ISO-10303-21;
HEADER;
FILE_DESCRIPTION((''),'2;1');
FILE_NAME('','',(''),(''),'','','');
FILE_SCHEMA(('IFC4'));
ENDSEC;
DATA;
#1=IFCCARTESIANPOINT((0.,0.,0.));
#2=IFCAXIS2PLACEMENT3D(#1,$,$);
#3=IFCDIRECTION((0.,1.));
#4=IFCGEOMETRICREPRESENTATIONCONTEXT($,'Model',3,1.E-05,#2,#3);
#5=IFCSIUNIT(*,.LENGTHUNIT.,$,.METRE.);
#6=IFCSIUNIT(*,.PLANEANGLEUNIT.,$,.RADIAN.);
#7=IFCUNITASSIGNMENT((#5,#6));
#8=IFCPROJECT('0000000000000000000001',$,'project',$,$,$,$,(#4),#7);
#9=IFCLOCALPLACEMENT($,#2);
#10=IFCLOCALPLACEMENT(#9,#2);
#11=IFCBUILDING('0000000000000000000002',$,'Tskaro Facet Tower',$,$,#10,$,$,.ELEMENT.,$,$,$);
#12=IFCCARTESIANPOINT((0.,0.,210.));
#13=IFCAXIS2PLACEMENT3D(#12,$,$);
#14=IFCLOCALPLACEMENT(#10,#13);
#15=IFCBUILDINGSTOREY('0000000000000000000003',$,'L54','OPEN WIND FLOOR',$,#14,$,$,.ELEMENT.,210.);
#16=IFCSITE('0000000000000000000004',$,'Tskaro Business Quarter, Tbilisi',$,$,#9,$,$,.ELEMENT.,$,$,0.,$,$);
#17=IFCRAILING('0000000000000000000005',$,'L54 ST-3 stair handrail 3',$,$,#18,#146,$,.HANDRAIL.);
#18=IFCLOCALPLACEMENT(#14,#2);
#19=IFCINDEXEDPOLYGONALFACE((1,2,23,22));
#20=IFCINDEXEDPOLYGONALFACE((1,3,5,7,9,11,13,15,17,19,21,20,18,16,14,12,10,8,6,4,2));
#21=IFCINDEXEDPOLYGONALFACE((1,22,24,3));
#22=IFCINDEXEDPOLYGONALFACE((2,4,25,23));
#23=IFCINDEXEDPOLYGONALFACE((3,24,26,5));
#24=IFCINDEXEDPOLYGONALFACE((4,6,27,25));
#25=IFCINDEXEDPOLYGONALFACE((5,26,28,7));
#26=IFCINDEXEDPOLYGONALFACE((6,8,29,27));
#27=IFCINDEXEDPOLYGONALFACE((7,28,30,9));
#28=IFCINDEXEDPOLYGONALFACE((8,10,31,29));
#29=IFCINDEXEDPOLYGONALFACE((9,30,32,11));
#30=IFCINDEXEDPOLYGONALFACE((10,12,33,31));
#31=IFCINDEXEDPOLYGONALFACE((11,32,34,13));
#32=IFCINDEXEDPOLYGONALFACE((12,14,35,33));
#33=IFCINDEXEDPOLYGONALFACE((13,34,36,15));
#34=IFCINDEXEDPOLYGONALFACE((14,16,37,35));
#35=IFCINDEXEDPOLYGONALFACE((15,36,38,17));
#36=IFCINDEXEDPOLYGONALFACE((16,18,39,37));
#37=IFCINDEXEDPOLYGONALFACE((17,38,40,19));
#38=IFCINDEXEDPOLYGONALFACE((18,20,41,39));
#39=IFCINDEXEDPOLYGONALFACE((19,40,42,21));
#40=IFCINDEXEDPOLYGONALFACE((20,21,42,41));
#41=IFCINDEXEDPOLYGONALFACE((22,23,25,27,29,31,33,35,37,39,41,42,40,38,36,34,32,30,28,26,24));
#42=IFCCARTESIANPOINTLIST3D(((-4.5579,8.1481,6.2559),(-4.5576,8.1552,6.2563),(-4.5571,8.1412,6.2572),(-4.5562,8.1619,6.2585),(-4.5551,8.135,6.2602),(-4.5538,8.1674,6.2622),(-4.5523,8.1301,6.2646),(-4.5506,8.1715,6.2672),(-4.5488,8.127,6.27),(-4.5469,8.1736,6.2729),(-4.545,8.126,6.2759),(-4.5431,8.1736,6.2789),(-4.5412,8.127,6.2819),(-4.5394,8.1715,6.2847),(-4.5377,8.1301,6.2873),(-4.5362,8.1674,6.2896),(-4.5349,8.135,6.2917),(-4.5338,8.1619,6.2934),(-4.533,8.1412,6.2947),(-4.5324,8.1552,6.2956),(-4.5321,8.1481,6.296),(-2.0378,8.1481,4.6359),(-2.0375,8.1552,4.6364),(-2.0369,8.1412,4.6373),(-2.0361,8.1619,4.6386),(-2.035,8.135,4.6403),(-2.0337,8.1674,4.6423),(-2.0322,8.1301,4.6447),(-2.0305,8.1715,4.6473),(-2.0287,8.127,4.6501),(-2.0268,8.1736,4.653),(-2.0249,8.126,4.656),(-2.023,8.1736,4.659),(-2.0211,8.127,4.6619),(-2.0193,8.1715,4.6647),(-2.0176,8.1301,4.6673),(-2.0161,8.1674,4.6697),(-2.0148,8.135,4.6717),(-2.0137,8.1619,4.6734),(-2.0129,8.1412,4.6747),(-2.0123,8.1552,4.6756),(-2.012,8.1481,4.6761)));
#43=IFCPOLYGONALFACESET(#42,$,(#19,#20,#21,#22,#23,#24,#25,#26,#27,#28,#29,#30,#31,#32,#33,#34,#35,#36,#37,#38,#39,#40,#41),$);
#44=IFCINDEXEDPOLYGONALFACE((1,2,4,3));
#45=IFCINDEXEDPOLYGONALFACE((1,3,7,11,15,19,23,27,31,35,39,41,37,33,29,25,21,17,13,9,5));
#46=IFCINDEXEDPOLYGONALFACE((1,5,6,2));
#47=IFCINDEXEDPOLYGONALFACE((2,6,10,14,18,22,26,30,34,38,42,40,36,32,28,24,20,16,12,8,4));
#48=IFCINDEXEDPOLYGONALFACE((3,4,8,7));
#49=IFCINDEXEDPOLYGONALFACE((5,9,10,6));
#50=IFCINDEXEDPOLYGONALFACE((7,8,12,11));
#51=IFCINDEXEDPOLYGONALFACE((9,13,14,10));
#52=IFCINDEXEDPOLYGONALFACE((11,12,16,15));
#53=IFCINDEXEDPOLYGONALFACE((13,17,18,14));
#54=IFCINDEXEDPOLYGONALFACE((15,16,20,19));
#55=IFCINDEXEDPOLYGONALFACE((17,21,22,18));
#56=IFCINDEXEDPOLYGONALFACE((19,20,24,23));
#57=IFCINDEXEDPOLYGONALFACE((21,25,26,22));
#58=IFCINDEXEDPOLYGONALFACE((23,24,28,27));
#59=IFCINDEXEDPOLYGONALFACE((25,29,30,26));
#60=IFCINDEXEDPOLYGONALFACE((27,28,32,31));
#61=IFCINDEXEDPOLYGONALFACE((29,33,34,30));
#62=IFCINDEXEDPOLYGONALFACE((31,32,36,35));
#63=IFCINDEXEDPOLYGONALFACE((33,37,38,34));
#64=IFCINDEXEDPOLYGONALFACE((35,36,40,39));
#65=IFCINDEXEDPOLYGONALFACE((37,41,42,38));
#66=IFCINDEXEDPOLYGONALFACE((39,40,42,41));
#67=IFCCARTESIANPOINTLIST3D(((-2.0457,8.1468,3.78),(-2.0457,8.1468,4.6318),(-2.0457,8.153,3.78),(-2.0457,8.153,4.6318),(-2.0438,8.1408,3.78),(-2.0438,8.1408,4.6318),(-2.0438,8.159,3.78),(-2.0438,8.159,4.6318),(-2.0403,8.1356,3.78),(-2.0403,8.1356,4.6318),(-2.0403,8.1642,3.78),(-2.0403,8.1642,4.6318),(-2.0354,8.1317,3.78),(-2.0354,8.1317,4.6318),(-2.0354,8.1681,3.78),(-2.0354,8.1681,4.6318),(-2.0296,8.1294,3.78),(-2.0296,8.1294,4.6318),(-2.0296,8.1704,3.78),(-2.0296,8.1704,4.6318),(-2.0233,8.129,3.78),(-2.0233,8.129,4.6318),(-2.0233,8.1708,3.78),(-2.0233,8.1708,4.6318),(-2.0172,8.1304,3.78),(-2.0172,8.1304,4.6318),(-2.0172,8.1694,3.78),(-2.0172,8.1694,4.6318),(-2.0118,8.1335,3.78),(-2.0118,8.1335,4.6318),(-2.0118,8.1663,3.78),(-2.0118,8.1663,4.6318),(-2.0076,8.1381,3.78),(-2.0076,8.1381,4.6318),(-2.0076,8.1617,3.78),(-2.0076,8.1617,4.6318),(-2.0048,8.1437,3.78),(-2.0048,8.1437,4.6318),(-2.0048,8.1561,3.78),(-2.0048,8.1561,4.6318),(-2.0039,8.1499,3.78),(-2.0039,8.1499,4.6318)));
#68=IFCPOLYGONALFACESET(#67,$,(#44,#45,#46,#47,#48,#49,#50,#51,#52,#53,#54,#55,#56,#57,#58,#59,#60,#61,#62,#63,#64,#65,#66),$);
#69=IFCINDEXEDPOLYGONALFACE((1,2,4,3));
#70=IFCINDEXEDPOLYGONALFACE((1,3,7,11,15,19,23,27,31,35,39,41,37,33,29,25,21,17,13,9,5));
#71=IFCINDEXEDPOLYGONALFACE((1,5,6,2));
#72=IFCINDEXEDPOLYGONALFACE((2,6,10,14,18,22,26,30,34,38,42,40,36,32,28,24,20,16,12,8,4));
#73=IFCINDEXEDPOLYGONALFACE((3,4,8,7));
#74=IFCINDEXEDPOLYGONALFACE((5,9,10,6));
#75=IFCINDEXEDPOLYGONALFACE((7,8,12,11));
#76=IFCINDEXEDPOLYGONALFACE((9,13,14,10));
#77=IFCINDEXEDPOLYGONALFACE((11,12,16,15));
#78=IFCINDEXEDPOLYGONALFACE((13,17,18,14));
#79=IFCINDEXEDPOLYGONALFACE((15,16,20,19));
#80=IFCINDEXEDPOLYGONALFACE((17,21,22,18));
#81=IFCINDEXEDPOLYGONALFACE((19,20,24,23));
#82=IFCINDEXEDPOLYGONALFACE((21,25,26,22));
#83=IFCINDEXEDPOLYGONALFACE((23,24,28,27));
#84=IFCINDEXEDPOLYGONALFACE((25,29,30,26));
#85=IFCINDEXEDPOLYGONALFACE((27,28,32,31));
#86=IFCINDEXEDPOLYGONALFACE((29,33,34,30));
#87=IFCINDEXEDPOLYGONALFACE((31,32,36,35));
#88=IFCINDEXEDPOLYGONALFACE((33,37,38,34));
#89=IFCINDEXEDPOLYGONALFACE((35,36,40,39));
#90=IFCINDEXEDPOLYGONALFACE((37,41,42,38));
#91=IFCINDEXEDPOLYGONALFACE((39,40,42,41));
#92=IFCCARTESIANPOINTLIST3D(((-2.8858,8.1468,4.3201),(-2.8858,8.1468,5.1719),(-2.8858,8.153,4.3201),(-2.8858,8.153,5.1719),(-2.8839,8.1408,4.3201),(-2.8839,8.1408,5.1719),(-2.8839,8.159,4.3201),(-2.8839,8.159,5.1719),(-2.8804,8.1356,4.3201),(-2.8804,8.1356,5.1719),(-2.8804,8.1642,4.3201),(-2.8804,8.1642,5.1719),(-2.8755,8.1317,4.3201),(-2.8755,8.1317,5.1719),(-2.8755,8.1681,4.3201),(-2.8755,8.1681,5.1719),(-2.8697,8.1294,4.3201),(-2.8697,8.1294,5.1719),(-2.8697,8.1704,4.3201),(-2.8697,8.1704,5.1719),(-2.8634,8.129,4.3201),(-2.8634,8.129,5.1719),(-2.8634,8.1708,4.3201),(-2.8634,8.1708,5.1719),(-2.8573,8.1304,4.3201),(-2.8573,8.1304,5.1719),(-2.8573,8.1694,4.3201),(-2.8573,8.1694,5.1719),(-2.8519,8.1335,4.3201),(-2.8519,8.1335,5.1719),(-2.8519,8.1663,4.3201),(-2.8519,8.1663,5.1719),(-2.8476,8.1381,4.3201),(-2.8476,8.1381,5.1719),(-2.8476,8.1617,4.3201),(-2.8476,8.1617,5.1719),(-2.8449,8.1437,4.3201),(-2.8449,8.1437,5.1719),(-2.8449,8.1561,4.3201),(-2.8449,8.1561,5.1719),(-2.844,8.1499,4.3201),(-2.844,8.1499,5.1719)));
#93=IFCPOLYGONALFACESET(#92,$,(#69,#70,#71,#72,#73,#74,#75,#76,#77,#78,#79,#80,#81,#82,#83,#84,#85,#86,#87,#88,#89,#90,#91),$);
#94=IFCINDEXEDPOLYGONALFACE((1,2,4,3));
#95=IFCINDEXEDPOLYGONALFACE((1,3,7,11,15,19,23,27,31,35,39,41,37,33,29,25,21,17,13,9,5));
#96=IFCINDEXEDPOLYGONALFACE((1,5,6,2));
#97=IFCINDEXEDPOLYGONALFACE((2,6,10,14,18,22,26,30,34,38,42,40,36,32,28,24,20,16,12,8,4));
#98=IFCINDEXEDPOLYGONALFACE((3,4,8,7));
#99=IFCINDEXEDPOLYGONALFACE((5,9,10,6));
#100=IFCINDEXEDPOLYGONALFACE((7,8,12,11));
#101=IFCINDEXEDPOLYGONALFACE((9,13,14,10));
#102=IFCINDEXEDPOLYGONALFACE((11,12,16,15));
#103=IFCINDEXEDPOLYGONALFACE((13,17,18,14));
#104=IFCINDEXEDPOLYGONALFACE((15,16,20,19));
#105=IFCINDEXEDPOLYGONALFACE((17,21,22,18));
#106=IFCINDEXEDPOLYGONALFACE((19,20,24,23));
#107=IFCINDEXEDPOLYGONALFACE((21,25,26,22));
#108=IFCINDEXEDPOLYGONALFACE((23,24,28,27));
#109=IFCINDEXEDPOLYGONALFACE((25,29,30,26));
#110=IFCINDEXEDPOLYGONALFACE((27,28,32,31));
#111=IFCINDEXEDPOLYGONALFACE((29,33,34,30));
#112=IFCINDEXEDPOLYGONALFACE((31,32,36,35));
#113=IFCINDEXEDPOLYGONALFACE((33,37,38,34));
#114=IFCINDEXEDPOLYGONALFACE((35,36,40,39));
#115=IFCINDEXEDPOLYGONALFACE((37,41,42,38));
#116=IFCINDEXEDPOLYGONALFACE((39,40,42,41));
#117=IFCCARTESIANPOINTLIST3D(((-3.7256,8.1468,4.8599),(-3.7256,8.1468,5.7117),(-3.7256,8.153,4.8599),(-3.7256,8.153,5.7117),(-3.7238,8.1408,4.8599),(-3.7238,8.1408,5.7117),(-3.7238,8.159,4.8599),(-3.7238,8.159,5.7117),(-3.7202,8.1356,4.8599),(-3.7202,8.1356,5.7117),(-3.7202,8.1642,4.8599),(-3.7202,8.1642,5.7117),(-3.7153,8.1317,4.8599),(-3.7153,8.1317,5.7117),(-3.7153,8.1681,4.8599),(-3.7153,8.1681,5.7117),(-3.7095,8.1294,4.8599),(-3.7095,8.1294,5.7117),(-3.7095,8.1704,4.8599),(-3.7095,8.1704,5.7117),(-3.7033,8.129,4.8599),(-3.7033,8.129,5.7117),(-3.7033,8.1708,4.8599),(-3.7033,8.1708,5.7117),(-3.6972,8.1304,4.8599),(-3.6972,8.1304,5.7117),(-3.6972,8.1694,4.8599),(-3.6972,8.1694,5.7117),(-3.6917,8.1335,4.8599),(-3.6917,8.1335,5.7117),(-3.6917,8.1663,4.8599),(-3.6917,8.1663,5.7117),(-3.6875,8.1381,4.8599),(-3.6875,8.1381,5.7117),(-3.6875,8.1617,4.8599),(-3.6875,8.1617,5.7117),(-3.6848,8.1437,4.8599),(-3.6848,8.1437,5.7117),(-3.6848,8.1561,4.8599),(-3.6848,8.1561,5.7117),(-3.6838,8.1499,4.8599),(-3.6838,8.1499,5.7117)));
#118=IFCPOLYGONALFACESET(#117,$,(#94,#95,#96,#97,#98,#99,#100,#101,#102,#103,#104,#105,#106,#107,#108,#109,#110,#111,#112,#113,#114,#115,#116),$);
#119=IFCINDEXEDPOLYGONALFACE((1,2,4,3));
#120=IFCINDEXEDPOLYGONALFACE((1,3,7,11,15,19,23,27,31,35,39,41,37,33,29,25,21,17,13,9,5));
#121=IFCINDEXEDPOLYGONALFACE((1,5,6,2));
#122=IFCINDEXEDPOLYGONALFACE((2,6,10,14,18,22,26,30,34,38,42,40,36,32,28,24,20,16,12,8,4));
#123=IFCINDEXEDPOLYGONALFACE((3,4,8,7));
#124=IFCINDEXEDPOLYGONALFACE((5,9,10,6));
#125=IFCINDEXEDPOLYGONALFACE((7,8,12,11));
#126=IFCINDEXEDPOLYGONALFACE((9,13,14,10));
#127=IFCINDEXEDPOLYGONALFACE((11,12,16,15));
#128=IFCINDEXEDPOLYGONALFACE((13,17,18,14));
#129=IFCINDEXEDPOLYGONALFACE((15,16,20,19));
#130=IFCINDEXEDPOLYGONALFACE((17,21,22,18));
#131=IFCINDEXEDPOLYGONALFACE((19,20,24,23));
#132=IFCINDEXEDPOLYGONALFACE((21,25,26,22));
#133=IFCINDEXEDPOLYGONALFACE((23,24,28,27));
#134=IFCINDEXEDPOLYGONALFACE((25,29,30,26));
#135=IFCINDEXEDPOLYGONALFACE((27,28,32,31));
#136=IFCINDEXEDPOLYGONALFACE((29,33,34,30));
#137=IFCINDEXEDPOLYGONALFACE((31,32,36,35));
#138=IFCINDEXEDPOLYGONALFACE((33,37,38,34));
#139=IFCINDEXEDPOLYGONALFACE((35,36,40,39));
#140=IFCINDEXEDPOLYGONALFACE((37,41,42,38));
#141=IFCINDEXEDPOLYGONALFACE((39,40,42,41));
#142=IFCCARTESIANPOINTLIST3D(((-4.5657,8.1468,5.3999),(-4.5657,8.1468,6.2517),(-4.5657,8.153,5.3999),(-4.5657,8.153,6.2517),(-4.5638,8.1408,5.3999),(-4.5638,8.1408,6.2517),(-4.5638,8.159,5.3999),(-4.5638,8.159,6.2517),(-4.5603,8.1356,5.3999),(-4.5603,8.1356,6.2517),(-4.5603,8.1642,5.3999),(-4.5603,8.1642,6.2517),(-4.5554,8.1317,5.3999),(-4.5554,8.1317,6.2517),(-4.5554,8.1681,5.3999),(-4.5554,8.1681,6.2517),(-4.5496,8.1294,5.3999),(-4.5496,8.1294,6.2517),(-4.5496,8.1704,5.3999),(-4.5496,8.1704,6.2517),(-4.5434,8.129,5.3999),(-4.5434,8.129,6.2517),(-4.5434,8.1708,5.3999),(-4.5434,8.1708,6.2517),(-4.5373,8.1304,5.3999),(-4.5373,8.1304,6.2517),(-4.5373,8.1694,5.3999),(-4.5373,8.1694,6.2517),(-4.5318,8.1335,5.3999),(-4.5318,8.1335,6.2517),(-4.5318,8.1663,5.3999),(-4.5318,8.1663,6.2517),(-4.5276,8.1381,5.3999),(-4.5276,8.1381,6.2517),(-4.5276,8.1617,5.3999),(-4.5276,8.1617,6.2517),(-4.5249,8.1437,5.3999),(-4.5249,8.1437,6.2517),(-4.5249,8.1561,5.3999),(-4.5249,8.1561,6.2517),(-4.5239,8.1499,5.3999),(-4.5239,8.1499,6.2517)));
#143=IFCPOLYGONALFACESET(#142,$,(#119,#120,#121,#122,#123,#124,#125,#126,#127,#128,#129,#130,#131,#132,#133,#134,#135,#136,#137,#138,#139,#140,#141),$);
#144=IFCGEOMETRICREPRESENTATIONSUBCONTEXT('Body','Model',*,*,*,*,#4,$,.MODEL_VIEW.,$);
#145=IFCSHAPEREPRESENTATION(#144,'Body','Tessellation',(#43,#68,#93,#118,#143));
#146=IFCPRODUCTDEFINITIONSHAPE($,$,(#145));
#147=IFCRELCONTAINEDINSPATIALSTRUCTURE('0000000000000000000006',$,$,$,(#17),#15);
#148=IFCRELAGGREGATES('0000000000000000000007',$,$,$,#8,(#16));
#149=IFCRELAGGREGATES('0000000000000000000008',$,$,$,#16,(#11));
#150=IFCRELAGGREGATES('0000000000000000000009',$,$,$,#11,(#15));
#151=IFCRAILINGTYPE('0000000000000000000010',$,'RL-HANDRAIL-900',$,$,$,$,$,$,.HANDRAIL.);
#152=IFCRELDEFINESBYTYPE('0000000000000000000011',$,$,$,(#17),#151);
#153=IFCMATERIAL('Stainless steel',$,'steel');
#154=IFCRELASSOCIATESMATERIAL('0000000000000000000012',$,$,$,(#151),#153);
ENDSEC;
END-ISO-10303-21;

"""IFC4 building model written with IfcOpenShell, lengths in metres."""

from ifc_helpers import new_model, si_unit, direction, frame, origin, origin_2d, place, context, subcontext, project, spatial, circle, extrude, material, type_object, element, save


model = new_model("IFC4")

# Units and contexts
model_context = context("Model", 3, precision=1e-05, world=origin(), true_north=direction((0.0, 1.0)))
body_context = subcontext(model_context, "Body", "Model", "MODEL_VIEW")
ifc_project = project(units=[si_unit("LENGTHUNIT", "METRE"), si_unit("PLANEANGLEUNIT", "RADIAN")], contexts=[model_context])

# Site, building, storey
site_placement = place(None, origin())
site = spatial("IfcSite", under=ifc_project, at=site_placement, Name="Tskaro Business Quarter, Tbilisi", CompositionType="ELEMENT", RefElevation=0.0)
building_placement = place(site_placement, origin())
building = spatial("IfcBuilding", under=site, at=building_placement, Name="Tskaro Facet Tower", CompositionType="ELEMENT")
storey_placement = place(building_placement, frame((0.0, 0.0, 210.0)))
storey = spatial("IfcBuildingStorey", under=building, at=storey_placement, Name="L54", Description="OPEN WIND FLOOR", CompositionType="ELEMENT", Elevation=210.0)

# Railing
ifc_material_1 = material(Name="Stainless steel", Category="steel")
railing_type_1 = type_object("IfcRailingType", Name="RL-HANDRAIL-900", PredefinedType="HANDRAIL", material=ifc_material_1)
railing_1_placement = place(storey_placement, frame((-2.0249, 8.1499, 3.78)))
element("IfcRailing", 1, at=railing_1_placement, inside=storey, type_object=railing_type_1, Name="L54 ST-3 stair handrail 3", PredefinedType="HANDRAIL", context=body_context, shape_type="SweptSolid", body=[
    extrude(circle(Radius=0.0239, at=origin_2d()), frame((0.0, 0.0, 0.876), z_axis=(-0.8412, 0.0, 0.540725), x_axis=(0.0, -1.0, 0.0)), (0.0, 0.0, 1.0), 2.9958),
    extrude(circle(Radius=0.021, at=origin_2d()), origin(), (0.0, 0.0, 1.0), 0.8518),
    extrude(circle(Radius=0.021, at=origin_2d()), frame((-0.8401, 0.0, 0.54)), (0.0, 0.0, 1.0), 0.8518),
    extrude(circle(Radius=0.021, at=origin_2d()), frame((-1.6799, 0.0, 1.0798)), (0.0, 0.0, 1.0), 0.8518),
    extrude(circle(Radius=0.021, at=origin_2d()), frame((-2.52, 0.0, 1.6199)), (0.0, 0.0, 1.0), 0.8518),
])

save(model, "model.ifc")
